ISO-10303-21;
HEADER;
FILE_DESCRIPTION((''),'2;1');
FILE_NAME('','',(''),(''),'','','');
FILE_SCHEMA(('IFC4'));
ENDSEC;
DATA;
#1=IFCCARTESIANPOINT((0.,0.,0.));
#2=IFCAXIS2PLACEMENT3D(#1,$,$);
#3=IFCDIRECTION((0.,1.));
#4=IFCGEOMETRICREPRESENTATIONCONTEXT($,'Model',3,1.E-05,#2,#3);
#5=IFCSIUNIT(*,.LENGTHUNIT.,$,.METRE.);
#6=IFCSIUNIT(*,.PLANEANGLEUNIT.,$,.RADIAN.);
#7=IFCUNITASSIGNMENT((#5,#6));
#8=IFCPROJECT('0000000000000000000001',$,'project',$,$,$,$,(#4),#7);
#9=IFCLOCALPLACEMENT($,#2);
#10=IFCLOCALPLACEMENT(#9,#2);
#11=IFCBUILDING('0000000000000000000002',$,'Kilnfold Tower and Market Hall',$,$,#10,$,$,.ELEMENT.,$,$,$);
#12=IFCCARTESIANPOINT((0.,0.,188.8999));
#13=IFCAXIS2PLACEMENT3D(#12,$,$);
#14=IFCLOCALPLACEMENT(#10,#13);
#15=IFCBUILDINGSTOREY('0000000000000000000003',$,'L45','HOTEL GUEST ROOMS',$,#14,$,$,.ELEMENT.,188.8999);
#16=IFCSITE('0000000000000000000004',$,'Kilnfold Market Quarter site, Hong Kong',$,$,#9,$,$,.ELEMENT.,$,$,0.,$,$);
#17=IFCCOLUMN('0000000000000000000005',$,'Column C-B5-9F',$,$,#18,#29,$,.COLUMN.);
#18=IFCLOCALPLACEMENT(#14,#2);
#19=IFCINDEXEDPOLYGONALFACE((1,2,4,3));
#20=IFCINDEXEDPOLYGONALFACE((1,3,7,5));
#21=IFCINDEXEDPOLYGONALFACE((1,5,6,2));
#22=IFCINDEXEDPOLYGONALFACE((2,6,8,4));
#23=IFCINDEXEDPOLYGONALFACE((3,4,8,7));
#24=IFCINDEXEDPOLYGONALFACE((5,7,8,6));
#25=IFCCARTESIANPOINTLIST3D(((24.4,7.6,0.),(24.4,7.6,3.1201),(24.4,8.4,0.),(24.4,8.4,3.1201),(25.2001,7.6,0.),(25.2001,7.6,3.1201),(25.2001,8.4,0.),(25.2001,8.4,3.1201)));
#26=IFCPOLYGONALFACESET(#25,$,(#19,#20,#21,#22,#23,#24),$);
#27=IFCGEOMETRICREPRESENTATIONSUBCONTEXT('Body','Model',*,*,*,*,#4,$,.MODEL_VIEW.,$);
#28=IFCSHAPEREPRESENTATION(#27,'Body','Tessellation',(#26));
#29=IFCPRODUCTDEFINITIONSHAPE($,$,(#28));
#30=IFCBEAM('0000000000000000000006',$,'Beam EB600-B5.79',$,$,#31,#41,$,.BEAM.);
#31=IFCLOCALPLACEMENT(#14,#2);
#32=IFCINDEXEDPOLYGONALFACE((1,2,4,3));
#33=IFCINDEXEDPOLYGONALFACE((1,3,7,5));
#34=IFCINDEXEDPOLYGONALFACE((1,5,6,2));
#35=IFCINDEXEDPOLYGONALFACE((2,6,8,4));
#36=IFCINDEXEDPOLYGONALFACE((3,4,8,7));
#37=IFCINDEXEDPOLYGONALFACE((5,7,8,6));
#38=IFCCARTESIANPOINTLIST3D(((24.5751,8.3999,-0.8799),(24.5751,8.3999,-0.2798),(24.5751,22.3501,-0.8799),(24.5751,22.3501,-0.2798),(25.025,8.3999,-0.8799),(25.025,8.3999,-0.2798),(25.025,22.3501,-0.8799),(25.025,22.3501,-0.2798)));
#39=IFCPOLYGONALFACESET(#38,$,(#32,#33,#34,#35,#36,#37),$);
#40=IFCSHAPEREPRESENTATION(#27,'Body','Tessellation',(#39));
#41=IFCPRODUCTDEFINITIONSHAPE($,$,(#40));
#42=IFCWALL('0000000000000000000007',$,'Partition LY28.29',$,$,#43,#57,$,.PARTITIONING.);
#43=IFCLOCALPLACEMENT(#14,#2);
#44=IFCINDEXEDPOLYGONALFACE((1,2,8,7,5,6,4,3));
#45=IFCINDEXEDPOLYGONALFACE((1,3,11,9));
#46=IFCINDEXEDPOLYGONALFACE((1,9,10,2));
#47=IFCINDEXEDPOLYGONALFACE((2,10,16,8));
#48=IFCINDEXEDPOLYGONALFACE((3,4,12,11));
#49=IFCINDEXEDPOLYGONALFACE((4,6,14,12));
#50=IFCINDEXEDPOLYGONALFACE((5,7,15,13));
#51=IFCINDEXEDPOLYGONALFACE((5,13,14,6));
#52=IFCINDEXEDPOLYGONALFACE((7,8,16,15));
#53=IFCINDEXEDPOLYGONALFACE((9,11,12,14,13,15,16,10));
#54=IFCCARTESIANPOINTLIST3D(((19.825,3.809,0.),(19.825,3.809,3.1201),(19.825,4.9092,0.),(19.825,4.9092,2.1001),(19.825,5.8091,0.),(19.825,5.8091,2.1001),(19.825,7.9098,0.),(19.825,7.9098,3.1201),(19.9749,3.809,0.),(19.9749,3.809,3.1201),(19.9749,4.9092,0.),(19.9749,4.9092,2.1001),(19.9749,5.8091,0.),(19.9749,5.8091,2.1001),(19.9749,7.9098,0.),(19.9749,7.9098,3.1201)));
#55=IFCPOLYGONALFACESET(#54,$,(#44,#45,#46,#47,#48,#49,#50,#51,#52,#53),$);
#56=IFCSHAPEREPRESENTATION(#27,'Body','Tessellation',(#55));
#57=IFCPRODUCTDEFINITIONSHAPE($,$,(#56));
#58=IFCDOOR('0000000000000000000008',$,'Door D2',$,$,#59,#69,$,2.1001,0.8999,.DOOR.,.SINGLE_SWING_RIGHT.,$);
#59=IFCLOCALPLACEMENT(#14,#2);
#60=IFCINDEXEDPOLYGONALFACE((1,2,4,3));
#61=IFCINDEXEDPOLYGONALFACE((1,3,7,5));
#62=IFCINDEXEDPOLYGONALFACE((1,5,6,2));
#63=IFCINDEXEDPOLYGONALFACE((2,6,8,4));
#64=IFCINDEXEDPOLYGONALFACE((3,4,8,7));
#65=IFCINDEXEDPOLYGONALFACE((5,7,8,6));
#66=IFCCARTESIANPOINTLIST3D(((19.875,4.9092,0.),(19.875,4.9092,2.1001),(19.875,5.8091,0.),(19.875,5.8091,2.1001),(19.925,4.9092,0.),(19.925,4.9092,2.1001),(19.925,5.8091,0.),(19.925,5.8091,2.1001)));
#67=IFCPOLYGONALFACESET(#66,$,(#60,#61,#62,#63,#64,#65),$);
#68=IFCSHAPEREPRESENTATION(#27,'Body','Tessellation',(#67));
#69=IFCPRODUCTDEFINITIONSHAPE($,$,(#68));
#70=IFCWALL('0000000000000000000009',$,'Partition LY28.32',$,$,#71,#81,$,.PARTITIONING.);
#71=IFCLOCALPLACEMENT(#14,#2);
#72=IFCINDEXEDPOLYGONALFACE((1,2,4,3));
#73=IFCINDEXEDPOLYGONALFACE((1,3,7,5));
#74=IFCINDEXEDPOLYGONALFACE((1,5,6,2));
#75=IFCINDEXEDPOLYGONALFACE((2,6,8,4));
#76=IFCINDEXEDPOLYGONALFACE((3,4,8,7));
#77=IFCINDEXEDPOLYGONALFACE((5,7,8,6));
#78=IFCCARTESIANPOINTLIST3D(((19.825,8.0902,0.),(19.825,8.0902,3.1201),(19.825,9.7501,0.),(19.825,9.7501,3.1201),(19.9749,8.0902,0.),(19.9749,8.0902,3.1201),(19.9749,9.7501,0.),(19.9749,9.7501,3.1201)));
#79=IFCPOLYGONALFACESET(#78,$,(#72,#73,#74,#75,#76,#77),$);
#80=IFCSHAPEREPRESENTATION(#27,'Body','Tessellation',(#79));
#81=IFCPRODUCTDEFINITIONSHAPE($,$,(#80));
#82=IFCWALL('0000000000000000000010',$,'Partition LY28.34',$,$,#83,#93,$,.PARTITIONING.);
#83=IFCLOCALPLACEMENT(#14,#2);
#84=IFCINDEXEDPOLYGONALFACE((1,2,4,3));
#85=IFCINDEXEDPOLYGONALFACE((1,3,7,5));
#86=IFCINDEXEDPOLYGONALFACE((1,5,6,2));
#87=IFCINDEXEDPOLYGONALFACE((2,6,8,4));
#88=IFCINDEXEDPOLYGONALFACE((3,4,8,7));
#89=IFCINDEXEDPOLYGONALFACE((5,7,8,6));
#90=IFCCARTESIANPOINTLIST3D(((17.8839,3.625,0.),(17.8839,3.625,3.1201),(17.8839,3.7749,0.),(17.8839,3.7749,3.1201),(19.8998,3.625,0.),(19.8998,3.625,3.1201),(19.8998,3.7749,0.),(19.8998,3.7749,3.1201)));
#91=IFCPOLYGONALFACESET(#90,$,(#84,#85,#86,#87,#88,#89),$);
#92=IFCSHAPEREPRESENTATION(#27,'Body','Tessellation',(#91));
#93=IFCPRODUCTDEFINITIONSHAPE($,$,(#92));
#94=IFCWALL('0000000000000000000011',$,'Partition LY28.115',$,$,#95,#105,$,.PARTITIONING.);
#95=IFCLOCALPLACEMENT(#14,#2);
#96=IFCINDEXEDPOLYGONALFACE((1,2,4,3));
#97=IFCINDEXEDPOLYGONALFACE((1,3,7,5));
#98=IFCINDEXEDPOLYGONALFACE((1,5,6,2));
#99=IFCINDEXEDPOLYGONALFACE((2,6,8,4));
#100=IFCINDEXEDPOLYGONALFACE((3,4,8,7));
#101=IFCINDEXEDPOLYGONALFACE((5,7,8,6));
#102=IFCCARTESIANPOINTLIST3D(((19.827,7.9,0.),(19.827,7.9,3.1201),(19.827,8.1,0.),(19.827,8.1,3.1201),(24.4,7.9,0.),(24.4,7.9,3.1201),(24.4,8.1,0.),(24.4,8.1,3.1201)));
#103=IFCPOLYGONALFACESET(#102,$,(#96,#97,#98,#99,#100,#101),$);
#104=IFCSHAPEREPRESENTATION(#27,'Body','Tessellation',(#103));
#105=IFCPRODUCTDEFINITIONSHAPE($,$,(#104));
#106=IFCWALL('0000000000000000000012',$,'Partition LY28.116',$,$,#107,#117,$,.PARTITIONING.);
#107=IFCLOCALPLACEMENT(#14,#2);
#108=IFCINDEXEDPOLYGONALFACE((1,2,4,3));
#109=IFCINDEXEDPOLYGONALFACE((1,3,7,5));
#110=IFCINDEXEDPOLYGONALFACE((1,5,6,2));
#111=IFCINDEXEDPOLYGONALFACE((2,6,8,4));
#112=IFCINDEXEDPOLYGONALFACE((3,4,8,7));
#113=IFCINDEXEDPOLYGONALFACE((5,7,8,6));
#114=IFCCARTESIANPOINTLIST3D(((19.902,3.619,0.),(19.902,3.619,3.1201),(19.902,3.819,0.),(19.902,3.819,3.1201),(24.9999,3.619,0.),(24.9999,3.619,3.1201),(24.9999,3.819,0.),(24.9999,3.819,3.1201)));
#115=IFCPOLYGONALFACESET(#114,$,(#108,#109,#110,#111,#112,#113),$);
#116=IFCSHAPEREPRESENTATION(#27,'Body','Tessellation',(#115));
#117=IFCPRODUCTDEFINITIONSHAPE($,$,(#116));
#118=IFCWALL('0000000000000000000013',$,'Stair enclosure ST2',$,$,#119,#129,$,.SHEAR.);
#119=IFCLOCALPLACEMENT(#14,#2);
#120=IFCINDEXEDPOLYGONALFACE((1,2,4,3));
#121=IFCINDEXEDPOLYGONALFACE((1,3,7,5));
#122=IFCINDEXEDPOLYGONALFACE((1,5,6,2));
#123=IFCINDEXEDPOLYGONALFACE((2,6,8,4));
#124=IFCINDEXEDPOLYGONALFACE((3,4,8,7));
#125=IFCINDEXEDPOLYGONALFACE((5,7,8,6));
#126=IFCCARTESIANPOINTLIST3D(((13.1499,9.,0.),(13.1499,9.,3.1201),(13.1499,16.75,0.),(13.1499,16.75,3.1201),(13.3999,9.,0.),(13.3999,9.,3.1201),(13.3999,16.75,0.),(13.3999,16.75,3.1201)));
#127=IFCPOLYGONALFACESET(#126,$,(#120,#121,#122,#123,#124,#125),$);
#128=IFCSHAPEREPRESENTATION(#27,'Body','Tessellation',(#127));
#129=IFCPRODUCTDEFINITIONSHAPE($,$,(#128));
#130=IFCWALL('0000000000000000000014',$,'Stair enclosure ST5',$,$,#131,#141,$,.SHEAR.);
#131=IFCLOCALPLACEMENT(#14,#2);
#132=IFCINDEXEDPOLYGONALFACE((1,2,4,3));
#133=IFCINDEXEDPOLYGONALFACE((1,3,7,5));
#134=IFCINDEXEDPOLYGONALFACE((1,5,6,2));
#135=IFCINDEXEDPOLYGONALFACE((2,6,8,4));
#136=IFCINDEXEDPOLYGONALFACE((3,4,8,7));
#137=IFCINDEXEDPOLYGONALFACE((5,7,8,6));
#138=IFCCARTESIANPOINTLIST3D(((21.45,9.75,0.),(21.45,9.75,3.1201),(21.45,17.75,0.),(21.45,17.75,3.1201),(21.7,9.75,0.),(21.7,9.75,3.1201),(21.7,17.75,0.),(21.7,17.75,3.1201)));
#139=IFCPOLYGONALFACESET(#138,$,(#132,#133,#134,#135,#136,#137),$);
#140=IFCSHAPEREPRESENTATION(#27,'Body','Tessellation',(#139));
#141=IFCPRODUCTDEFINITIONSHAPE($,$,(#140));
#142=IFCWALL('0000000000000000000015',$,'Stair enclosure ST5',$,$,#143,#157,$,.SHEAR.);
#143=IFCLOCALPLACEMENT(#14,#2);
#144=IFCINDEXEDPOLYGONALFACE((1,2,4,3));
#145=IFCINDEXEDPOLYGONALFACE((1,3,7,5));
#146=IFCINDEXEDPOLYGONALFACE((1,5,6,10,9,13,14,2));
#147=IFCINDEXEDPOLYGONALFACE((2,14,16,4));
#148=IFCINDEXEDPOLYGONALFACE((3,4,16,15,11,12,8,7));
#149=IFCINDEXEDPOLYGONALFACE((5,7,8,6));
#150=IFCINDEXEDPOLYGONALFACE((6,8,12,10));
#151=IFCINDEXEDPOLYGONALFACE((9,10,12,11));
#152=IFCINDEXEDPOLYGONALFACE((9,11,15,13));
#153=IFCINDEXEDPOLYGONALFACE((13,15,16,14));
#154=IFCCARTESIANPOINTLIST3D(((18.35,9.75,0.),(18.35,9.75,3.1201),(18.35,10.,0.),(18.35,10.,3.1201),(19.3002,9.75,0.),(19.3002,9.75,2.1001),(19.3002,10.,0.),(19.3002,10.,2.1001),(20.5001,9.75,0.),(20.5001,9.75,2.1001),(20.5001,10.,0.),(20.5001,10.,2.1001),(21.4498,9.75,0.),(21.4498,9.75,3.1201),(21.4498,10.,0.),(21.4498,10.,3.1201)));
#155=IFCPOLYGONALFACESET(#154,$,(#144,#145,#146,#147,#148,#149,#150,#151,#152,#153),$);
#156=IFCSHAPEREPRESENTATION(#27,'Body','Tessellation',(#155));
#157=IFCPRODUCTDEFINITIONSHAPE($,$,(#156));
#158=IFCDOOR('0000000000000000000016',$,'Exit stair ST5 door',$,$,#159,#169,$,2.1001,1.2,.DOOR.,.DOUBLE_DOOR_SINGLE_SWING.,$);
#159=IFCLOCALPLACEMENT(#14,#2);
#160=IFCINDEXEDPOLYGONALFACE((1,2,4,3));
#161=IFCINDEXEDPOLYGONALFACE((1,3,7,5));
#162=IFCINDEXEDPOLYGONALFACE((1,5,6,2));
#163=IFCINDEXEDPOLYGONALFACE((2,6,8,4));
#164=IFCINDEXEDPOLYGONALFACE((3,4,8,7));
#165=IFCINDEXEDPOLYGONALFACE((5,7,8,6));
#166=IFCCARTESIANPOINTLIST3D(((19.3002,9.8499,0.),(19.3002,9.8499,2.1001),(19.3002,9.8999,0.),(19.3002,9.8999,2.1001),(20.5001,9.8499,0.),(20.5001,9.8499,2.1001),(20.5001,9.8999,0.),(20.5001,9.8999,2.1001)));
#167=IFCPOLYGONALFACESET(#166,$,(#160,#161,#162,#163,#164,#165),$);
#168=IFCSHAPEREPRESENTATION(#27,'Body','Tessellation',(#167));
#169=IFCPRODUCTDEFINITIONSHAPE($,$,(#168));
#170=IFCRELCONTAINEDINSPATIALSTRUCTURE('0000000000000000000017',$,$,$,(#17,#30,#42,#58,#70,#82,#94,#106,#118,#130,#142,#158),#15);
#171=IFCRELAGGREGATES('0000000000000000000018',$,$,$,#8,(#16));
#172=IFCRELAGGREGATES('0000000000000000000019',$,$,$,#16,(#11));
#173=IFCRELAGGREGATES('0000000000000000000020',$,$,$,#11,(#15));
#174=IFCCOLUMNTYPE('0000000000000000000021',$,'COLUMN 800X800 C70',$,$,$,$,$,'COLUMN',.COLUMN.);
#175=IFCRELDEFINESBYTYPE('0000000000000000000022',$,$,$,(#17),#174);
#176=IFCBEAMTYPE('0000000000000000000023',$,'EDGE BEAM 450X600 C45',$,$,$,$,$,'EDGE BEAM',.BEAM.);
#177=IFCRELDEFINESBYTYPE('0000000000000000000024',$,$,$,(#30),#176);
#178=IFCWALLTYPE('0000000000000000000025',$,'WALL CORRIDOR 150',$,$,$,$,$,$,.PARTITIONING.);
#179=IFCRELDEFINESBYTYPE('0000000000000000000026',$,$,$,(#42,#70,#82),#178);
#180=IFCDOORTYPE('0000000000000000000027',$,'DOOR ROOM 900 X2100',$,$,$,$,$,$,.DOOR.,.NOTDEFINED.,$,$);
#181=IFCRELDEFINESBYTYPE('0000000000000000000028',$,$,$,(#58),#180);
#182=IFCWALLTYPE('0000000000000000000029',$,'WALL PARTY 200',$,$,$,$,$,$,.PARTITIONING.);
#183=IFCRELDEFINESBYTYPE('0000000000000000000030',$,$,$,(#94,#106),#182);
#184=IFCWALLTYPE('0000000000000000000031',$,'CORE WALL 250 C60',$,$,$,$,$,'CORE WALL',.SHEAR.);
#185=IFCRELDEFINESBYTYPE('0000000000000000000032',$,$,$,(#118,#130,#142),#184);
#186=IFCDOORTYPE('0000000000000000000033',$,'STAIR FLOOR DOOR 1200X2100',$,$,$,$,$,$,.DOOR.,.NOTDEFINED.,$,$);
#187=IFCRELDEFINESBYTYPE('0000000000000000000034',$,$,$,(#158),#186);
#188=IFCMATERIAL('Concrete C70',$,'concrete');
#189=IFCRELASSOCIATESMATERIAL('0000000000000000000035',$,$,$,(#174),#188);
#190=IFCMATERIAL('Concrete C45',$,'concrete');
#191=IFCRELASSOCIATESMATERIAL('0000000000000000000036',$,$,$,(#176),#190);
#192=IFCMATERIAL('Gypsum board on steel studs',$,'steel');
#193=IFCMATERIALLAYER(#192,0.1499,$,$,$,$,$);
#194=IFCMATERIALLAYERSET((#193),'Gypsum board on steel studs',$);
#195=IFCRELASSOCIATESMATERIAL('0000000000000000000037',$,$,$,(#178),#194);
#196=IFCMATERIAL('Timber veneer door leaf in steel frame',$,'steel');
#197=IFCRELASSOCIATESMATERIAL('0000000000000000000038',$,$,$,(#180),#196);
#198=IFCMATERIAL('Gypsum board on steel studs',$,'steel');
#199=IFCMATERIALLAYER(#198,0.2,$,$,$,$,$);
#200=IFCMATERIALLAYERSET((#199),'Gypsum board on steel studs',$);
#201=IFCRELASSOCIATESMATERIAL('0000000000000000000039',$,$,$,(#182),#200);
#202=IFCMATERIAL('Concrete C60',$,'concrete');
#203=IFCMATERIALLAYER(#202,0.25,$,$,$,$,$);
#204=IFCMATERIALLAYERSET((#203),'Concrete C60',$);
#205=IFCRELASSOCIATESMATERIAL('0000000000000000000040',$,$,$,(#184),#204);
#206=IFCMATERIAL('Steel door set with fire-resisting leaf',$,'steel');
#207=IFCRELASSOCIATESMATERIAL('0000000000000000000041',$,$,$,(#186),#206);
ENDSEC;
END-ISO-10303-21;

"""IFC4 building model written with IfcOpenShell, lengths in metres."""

from ifc_helpers import new_model, si_unit, direction, frame, frame_2d, origin, origin_2d, place, context, subcontext, project, spatial, rectangle, extrude, source, transform, mapped, material, layer, layer_set, material_profile, profile_set, type_object, element, fill, save


model = new_model("IFC4")

# Units and contexts
model_context = context("Model", 3, precision=1e-05, world=origin(), true_north=direction((0.0, 1.0)))
body_context = subcontext(model_context, "Body", "Model", "MODEL_VIEW")
ifc_project = project(units=[si_unit("LENGTHUNIT", "METRE"), si_unit("PLANEANGLEUNIT", "RADIAN")], contexts=[model_context])

# Site, building, storey
site_placement = place(None, origin())
site = spatial("IfcSite", under=ifc_project, at=site_placement, Name="Kilnfold Market Quarter site, Hong Kong", CompositionType="ELEMENT", RefElevation=0.0)
building_placement = place(site_placement, origin())
building = spatial("IfcBuilding", under=site, at=building_placement, Name="Kilnfold Tower and Market Hall", CompositionType="ELEMENT")
storey_placement = place(building_placement, frame((0.0, 0.0, 188.8999)))
storey = spatial("IfcBuildingStorey", under=building, at=storey_placement, Name="L45", Description="HOTEL GUEST ROOMS", CompositionType="ELEMENT", Elevation=188.8999)

# Column
ifc_material_1 = material(Name="Concrete C70", Category="concrete")
ifc_material_profile_1 = material_profile(ifc_material_1, rectangle(XDim=0.8, YDim=0.8, at=origin_2d()), Name="RC 800x800")
ifc_profile_set_1 = profile_set([ifc_material_profile_1], Name="Concrete C70")
column_type = type_object("IfcColumnType", Name="COLUMN 800X800 C70", ElementType="COLUMN", PredefinedType="COLUMN", material=ifc_profile_set_1)
shared_shape_1 = source(origin(), body_context, "Body", "SweptSolid", [
    extrude(rectangle(XDim=0.8, YDim=0.8, at=origin_2d()), origin(), (0.0, 0.0, 1.0), 3.1201),
])
column_placement = place(storey_placement, frame((24.8, 8.0, 0.0), z_axis=(0.0, 0.0, 1.0), x_axis=(1.0, 0.0, 0.0)))
element("IfcColumn", 1, at=column_placement, inside=storey, type_object=column_type, Name="Column C-B5-9F", PredefinedType="COLUMN", context=body_context, shape_type="MappedRepresentation", body=[
    mapped(shared_shape_1, transform((0.0, 0.0, 0.0))),
])

# Beam
ifc_material_2 = material(Name="Concrete C45", Category="concrete")
ifc_material_profile_2 = material_profile(ifc_material_2, rectangle(XDim=0.45, YDim=0.6001, at=origin_2d()), Name="RC 450x600")
ifc_profile_set_2 = profile_set([ifc_material_profile_2], Name="Concrete C45")
beam_type = type_object("IfcBeamType", Name="EDGE BEAM 450X600 C45", ElementType="EDGE BEAM", PredefinedType="BEAM", material=ifc_profile_set_2)
shared_shape_2 = source(origin(), body_context, "Body", "SweptSolid", [
    extrude(rectangle(XDim=0.45, YDim=0.6001, at=origin_2d()), origin(), (0.0, 0.0, 1.0), 13.9502),
])
beam_placement = place(storey_placement, frame((24.8, 8.3999, -0.5798), z_axis=(0.0, 1.0, 0.0), x_axis=(-1.0, 0.0, 0.0)))
element("IfcBeam", 2, at=beam_placement, inside=storey, type_object=beam_type, Name="Beam EB600-B5.79", PredefinedType="BEAM", context=body_context, shape_type="MappedRepresentation", body=[
    mapped(shared_shape_2, transform((0.0, 0.0, 0.0))),
])

# Wall, opening, door
ifc_material_3 = material(Name="Gypsum board on steel studs", Category="steel")
ifc_layer_1 = layer(ifc_material_3, 0.1499)
ifc_layer_set_1 = layer_set([ifc_layer_1], Name="Gypsum board on steel studs")
wall_type_1 = type_object("IfcWallType", Name="WALL CORRIDOR 150", PredefinedType="PARTITIONING", material=ifc_layer_set_1)
wall_1_placement = place(storey_placement, frame((19.8999, 3.8091, 0.0), z_axis=(0.0, 0.0, 1.0), x_axis=(0.0, 1.0, 0.0)))
wall_1 = element("IfcWall", 3, at=wall_1_placement, inside=storey, type_object=wall_type_1, Name="Partition LY28.29", PredefinedType="PARTITIONING", context=body_context, shape_type="SweptSolid", body=[
    extrude(rectangle(XDim=4.1008, YDim=0.1499, at=frame_2d((2.0503, 0.0))), origin(), (0.0, 0.0, 1.0), 3.1201),
])
opening_1_placement = place(wall_1_placement, frame((1.1001, 0.0, 0.0)))
opening_1 = element("IfcOpeningElement", 4, at=opening_1_placement, cuts=wall_1, PredefinedType="OPENING", context=body_context, shape_type="SweptSolid", body=[
    extrude(rectangle(XDim=0.8999, YDim=2.1001, at=frame_2d((0.45, 1.05))), frame((0.0, 0.085, 0.0), z_axis=(0.0, -1.0, 0.0), x_axis=(1.0, 0.0, 0.0)), (0.0, 0.0, 1.0), 0.1699),
])
ifc_material_4 = material(Name="Timber veneer door leaf in steel frame", Category="steel")
door_type_1 = type_object("IfcDoorType", Name="DOOR ROOM 900 X2100", OperationType="NOTDEFINED", PredefinedType="DOOR", material=ifc_material_4)
door_1_placement = place(opening_1_placement, origin())
door_1 = element("IfcDoor", 5, at=door_1_placement, inside=storey, type_object=door_type_1, Name="Door D2", OperationType="SINGLE_SWING_RIGHT", OverallHeight=2.1001, OverallWidth=0.8999, PredefinedType="DOOR", context=body_context, shape_type="SweptSolid", body=[
    extrude(rectangle(XDim=0.8999, YDim=2.1001, at=frame_2d((0.45, 1.05))), frame((0.0, 0.0249, 0.0), z_axis=(0.0, -1.0, 0.0), x_axis=(1.0, 0.0, 0.0)), (0.0, 0.0, 1.0), 0.05),
])
fill(opening_1, door_1)

# Walls
wall_2_placement = place(storey_placement, frame((19.8999, 8.0901, 0.0), z_axis=(0.0, 0.0, 1.0), x_axis=(0.0, 1.0, 0.0)))
element("IfcWall", 6, at=wall_2_placement, inside=storey, type_object=wall_type_1, Name="Partition LY28.32", PredefinedType="PARTITIONING", context=body_context, shape_type="SweptSolid", body=[
    extrude(rectangle(XDim=1.6599, YDim=0.1499, at=frame_2d((0.8301, 0.0))), origin(), (0.0, 0.0, 1.0), 3.1201),
])
wall_3_placement = place(storey_placement, frame((17.884, 3.7, 0.0), z_axis=(0.0, 0.0, 1.0), x_axis=(1.0, 0.0, 0.0)))
element("IfcWall", 7, at=wall_3_placement, inside=storey, type_object=wall_type_1, Name="Partition LY28.34", PredefinedType="PARTITIONING", context=body_context, shape_type="SweptSolid", body=[
    extrude(rectangle(XDim=2.0159, YDim=0.1499, at=frame_2d((1.0078, 0.0))), origin(), (0.0, 0.0, 1.0), 3.1201),
])
ifc_material_5 = material(Name="Gypsum board on steel studs", Category="steel")
ifc_layer_2 = layer(ifc_material_5, 0.2)
ifc_layer_set_2 = layer_set([ifc_layer_2], Name="Gypsum board on steel studs")
wall_type_2 = type_object("IfcWallType", Name="WALL PARTY 200", PredefinedType="PARTITIONING", material=ifc_layer_set_2)
wall_4_placement = place(storey_placement, frame((19.8269, 8.0, 0.0), z_axis=(0.0, 0.0, 1.0), x_axis=(1.0, 0.0, 0.0)))
element("IfcWall", 8, at=wall_4_placement, inside=storey, type_object=wall_type_2, Name="Partition LY28.115", PredefinedType="PARTITIONING", context=body_context, shape_type="SweptSolid", body=[
    extrude(rectangle(XDim=4.573, YDim=0.2, at=frame_2d((2.2866, 0.0))), origin(), (0.0, 0.0, 1.0), 3.1201),
])
wall_5_placement = place(storey_placement, frame((19.9021, 3.719, 0.0), z_axis=(0.0, 0.0, 1.0), x_axis=(1.0, 0.0, 0.0)))
element("IfcWall", 9, at=wall_5_placement, inside=storey, type_object=wall_type_2, Name="Partition LY28.116", PredefinedType="PARTITIONING", context=body_context, shape_type="SweptSolid", body=[
    extrude(rectangle(XDim=5.0979, YDim=0.2, at=frame_2d((2.5488, 0.0))), origin(), (0.0, 0.0, 1.0), 3.1201),
])
ifc_material_6 = material(Name="Concrete C60", Category="concrete")
ifc_layer_3 = layer(ifc_material_6, 0.25)
ifc_layer_set_3 = layer_set([ifc_layer_3], Name="Concrete C60")
wall_type_3 = type_object("IfcWallType", Name="CORE WALL 250 C60", ElementType="CORE WALL", PredefinedType="SHEAR", material=ifc_layer_set_3)
shared_shape_3 = source(origin(), body_context, "Body", "SweptSolid", [
    extrude(rectangle(XDim=7.75, YDim=0.25, at=frame_2d((3.875, 0.0))), origin(), (0.0, 0.0, 1.0), 3.1201),
])
wall_6_placement = place(storey_placement, frame((13.2749, 9.0, 0.0), z_axis=(0.0, 0.0, 1.0), x_axis=(0.0, 1.0, 0.0)))
element("IfcWall", 10, at=wall_6_placement, inside=storey, type_object=wall_type_3, Name="Stair enclosure ST2", PredefinedType="SHEAR", context=body_context, shape_type="MappedRepresentation", body=[
    mapped(shared_shape_3, transform((0.0, 0.0, 0.0))),
])
shared_shape_4 = source(origin(), body_context, "Body", "SweptSolid", [
    extrude(rectangle(XDim=8.0, YDim=0.25, at=frame_2d((4.0, 0.0))), origin(), (0.0, 0.0, 1.0), 3.1201),
])
wall_7_placement = place(storey_placement, frame((21.575, 9.75, 0.0), z_axis=(0.0, 0.0, 1.0), x_axis=(0.0, 1.0, 0.0)))
element("IfcWall", 11, at=wall_7_placement, inside=storey, type_object=wall_type_3, Name="Stair enclosure ST5", PredefinedType="SHEAR", context=body_context, shape_type="MappedRepresentation", body=[
    mapped(shared_shape_4, transform((0.0, 0.0, 0.0))),
])

# Wall, opening, door
shared_shape_5 = source(origin(), body_context, "Body", "SweptSolid", [
    extrude(rectangle(XDim=3.0999, YDim=0.25, at=frame_2d((1.5498, 0.0))), origin(), (0.0, 0.0, 1.0), 3.1201),
])
wall_8_placement = place(storey_placement, frame((18.3501, 9.875, 0.0), z_axis=(0.0, 0.0, 1.0), x_axis=(1.0, 0.0, 0.0)))
wall_8 = element("IfcWall", 12, at=wall_8_placement, inside=storey, type_object=wall_type_3, Name="Stair enclosure ST5", PredefinedType="SHEAR", context=body_context, shape_type="MappedRepresentation", body=[
    mapped(shared_shape_5, transform((0.0, 0.0, 0.0))),
])
opening_2_placement = place(wall_8_placement, frame((0.95, 0.0, 0.0)))
opening_2 = element("IfcOpeningElement", 13, at=opening_2_placement, cuts=wall_8, PredefinedType="OPENING", context=body_context, shape_type="SweptSolid", body=[
    extrude(rectangle(XDim=1.2, YDim=2.1001, at=frame_2d((0.6001, 1.05))), frame((0.0, 0.135, 0.0), z_axis=(0.0, -1.0, 0.0), x_axis=(1.0, 0.0, 0.0)), (0.0, 0.0, 1.0), 0.27),
])
ifc_material_7 = material(Name="Steel door set with fire-resisting leaf", Category="steel")
door_type_2 = type_object("IfcDoorType", Name="STAIR FLOOR DOOR 1200X2100", OperationType="NOTDEFINED", PredefinedType="DOOR", material=ifc_material_7)
door_2_placement = place(opening_2_placement, origin())
door_2 = element("IfcDoor", 14, at=door_2_placement, inside=storey, type_object=door_type_2, Name="Exit stair ST5 door", OperationType="DOUBLE_DOOR_SINGLE_SWING", OverallHeight=2.1001, OverallWidth=1.2, PredefinedType="DOOR", context=body_context, shape_type="SweptSolid", body=[
    extrude(rectangle(XDim=1.2, YDim=2.1001, at=frame_2d((0.6001, 1.05))), frame((0.0, 0.0249, 0.0), z_axis=(0.0, -1.0, 0.0), x_axis=(1.0, 0.0, 0.0)), (0.0, 0.0, 1.0), 0.05),
])
fill(opening_2, door_2)

save(model, "model.ifc")
